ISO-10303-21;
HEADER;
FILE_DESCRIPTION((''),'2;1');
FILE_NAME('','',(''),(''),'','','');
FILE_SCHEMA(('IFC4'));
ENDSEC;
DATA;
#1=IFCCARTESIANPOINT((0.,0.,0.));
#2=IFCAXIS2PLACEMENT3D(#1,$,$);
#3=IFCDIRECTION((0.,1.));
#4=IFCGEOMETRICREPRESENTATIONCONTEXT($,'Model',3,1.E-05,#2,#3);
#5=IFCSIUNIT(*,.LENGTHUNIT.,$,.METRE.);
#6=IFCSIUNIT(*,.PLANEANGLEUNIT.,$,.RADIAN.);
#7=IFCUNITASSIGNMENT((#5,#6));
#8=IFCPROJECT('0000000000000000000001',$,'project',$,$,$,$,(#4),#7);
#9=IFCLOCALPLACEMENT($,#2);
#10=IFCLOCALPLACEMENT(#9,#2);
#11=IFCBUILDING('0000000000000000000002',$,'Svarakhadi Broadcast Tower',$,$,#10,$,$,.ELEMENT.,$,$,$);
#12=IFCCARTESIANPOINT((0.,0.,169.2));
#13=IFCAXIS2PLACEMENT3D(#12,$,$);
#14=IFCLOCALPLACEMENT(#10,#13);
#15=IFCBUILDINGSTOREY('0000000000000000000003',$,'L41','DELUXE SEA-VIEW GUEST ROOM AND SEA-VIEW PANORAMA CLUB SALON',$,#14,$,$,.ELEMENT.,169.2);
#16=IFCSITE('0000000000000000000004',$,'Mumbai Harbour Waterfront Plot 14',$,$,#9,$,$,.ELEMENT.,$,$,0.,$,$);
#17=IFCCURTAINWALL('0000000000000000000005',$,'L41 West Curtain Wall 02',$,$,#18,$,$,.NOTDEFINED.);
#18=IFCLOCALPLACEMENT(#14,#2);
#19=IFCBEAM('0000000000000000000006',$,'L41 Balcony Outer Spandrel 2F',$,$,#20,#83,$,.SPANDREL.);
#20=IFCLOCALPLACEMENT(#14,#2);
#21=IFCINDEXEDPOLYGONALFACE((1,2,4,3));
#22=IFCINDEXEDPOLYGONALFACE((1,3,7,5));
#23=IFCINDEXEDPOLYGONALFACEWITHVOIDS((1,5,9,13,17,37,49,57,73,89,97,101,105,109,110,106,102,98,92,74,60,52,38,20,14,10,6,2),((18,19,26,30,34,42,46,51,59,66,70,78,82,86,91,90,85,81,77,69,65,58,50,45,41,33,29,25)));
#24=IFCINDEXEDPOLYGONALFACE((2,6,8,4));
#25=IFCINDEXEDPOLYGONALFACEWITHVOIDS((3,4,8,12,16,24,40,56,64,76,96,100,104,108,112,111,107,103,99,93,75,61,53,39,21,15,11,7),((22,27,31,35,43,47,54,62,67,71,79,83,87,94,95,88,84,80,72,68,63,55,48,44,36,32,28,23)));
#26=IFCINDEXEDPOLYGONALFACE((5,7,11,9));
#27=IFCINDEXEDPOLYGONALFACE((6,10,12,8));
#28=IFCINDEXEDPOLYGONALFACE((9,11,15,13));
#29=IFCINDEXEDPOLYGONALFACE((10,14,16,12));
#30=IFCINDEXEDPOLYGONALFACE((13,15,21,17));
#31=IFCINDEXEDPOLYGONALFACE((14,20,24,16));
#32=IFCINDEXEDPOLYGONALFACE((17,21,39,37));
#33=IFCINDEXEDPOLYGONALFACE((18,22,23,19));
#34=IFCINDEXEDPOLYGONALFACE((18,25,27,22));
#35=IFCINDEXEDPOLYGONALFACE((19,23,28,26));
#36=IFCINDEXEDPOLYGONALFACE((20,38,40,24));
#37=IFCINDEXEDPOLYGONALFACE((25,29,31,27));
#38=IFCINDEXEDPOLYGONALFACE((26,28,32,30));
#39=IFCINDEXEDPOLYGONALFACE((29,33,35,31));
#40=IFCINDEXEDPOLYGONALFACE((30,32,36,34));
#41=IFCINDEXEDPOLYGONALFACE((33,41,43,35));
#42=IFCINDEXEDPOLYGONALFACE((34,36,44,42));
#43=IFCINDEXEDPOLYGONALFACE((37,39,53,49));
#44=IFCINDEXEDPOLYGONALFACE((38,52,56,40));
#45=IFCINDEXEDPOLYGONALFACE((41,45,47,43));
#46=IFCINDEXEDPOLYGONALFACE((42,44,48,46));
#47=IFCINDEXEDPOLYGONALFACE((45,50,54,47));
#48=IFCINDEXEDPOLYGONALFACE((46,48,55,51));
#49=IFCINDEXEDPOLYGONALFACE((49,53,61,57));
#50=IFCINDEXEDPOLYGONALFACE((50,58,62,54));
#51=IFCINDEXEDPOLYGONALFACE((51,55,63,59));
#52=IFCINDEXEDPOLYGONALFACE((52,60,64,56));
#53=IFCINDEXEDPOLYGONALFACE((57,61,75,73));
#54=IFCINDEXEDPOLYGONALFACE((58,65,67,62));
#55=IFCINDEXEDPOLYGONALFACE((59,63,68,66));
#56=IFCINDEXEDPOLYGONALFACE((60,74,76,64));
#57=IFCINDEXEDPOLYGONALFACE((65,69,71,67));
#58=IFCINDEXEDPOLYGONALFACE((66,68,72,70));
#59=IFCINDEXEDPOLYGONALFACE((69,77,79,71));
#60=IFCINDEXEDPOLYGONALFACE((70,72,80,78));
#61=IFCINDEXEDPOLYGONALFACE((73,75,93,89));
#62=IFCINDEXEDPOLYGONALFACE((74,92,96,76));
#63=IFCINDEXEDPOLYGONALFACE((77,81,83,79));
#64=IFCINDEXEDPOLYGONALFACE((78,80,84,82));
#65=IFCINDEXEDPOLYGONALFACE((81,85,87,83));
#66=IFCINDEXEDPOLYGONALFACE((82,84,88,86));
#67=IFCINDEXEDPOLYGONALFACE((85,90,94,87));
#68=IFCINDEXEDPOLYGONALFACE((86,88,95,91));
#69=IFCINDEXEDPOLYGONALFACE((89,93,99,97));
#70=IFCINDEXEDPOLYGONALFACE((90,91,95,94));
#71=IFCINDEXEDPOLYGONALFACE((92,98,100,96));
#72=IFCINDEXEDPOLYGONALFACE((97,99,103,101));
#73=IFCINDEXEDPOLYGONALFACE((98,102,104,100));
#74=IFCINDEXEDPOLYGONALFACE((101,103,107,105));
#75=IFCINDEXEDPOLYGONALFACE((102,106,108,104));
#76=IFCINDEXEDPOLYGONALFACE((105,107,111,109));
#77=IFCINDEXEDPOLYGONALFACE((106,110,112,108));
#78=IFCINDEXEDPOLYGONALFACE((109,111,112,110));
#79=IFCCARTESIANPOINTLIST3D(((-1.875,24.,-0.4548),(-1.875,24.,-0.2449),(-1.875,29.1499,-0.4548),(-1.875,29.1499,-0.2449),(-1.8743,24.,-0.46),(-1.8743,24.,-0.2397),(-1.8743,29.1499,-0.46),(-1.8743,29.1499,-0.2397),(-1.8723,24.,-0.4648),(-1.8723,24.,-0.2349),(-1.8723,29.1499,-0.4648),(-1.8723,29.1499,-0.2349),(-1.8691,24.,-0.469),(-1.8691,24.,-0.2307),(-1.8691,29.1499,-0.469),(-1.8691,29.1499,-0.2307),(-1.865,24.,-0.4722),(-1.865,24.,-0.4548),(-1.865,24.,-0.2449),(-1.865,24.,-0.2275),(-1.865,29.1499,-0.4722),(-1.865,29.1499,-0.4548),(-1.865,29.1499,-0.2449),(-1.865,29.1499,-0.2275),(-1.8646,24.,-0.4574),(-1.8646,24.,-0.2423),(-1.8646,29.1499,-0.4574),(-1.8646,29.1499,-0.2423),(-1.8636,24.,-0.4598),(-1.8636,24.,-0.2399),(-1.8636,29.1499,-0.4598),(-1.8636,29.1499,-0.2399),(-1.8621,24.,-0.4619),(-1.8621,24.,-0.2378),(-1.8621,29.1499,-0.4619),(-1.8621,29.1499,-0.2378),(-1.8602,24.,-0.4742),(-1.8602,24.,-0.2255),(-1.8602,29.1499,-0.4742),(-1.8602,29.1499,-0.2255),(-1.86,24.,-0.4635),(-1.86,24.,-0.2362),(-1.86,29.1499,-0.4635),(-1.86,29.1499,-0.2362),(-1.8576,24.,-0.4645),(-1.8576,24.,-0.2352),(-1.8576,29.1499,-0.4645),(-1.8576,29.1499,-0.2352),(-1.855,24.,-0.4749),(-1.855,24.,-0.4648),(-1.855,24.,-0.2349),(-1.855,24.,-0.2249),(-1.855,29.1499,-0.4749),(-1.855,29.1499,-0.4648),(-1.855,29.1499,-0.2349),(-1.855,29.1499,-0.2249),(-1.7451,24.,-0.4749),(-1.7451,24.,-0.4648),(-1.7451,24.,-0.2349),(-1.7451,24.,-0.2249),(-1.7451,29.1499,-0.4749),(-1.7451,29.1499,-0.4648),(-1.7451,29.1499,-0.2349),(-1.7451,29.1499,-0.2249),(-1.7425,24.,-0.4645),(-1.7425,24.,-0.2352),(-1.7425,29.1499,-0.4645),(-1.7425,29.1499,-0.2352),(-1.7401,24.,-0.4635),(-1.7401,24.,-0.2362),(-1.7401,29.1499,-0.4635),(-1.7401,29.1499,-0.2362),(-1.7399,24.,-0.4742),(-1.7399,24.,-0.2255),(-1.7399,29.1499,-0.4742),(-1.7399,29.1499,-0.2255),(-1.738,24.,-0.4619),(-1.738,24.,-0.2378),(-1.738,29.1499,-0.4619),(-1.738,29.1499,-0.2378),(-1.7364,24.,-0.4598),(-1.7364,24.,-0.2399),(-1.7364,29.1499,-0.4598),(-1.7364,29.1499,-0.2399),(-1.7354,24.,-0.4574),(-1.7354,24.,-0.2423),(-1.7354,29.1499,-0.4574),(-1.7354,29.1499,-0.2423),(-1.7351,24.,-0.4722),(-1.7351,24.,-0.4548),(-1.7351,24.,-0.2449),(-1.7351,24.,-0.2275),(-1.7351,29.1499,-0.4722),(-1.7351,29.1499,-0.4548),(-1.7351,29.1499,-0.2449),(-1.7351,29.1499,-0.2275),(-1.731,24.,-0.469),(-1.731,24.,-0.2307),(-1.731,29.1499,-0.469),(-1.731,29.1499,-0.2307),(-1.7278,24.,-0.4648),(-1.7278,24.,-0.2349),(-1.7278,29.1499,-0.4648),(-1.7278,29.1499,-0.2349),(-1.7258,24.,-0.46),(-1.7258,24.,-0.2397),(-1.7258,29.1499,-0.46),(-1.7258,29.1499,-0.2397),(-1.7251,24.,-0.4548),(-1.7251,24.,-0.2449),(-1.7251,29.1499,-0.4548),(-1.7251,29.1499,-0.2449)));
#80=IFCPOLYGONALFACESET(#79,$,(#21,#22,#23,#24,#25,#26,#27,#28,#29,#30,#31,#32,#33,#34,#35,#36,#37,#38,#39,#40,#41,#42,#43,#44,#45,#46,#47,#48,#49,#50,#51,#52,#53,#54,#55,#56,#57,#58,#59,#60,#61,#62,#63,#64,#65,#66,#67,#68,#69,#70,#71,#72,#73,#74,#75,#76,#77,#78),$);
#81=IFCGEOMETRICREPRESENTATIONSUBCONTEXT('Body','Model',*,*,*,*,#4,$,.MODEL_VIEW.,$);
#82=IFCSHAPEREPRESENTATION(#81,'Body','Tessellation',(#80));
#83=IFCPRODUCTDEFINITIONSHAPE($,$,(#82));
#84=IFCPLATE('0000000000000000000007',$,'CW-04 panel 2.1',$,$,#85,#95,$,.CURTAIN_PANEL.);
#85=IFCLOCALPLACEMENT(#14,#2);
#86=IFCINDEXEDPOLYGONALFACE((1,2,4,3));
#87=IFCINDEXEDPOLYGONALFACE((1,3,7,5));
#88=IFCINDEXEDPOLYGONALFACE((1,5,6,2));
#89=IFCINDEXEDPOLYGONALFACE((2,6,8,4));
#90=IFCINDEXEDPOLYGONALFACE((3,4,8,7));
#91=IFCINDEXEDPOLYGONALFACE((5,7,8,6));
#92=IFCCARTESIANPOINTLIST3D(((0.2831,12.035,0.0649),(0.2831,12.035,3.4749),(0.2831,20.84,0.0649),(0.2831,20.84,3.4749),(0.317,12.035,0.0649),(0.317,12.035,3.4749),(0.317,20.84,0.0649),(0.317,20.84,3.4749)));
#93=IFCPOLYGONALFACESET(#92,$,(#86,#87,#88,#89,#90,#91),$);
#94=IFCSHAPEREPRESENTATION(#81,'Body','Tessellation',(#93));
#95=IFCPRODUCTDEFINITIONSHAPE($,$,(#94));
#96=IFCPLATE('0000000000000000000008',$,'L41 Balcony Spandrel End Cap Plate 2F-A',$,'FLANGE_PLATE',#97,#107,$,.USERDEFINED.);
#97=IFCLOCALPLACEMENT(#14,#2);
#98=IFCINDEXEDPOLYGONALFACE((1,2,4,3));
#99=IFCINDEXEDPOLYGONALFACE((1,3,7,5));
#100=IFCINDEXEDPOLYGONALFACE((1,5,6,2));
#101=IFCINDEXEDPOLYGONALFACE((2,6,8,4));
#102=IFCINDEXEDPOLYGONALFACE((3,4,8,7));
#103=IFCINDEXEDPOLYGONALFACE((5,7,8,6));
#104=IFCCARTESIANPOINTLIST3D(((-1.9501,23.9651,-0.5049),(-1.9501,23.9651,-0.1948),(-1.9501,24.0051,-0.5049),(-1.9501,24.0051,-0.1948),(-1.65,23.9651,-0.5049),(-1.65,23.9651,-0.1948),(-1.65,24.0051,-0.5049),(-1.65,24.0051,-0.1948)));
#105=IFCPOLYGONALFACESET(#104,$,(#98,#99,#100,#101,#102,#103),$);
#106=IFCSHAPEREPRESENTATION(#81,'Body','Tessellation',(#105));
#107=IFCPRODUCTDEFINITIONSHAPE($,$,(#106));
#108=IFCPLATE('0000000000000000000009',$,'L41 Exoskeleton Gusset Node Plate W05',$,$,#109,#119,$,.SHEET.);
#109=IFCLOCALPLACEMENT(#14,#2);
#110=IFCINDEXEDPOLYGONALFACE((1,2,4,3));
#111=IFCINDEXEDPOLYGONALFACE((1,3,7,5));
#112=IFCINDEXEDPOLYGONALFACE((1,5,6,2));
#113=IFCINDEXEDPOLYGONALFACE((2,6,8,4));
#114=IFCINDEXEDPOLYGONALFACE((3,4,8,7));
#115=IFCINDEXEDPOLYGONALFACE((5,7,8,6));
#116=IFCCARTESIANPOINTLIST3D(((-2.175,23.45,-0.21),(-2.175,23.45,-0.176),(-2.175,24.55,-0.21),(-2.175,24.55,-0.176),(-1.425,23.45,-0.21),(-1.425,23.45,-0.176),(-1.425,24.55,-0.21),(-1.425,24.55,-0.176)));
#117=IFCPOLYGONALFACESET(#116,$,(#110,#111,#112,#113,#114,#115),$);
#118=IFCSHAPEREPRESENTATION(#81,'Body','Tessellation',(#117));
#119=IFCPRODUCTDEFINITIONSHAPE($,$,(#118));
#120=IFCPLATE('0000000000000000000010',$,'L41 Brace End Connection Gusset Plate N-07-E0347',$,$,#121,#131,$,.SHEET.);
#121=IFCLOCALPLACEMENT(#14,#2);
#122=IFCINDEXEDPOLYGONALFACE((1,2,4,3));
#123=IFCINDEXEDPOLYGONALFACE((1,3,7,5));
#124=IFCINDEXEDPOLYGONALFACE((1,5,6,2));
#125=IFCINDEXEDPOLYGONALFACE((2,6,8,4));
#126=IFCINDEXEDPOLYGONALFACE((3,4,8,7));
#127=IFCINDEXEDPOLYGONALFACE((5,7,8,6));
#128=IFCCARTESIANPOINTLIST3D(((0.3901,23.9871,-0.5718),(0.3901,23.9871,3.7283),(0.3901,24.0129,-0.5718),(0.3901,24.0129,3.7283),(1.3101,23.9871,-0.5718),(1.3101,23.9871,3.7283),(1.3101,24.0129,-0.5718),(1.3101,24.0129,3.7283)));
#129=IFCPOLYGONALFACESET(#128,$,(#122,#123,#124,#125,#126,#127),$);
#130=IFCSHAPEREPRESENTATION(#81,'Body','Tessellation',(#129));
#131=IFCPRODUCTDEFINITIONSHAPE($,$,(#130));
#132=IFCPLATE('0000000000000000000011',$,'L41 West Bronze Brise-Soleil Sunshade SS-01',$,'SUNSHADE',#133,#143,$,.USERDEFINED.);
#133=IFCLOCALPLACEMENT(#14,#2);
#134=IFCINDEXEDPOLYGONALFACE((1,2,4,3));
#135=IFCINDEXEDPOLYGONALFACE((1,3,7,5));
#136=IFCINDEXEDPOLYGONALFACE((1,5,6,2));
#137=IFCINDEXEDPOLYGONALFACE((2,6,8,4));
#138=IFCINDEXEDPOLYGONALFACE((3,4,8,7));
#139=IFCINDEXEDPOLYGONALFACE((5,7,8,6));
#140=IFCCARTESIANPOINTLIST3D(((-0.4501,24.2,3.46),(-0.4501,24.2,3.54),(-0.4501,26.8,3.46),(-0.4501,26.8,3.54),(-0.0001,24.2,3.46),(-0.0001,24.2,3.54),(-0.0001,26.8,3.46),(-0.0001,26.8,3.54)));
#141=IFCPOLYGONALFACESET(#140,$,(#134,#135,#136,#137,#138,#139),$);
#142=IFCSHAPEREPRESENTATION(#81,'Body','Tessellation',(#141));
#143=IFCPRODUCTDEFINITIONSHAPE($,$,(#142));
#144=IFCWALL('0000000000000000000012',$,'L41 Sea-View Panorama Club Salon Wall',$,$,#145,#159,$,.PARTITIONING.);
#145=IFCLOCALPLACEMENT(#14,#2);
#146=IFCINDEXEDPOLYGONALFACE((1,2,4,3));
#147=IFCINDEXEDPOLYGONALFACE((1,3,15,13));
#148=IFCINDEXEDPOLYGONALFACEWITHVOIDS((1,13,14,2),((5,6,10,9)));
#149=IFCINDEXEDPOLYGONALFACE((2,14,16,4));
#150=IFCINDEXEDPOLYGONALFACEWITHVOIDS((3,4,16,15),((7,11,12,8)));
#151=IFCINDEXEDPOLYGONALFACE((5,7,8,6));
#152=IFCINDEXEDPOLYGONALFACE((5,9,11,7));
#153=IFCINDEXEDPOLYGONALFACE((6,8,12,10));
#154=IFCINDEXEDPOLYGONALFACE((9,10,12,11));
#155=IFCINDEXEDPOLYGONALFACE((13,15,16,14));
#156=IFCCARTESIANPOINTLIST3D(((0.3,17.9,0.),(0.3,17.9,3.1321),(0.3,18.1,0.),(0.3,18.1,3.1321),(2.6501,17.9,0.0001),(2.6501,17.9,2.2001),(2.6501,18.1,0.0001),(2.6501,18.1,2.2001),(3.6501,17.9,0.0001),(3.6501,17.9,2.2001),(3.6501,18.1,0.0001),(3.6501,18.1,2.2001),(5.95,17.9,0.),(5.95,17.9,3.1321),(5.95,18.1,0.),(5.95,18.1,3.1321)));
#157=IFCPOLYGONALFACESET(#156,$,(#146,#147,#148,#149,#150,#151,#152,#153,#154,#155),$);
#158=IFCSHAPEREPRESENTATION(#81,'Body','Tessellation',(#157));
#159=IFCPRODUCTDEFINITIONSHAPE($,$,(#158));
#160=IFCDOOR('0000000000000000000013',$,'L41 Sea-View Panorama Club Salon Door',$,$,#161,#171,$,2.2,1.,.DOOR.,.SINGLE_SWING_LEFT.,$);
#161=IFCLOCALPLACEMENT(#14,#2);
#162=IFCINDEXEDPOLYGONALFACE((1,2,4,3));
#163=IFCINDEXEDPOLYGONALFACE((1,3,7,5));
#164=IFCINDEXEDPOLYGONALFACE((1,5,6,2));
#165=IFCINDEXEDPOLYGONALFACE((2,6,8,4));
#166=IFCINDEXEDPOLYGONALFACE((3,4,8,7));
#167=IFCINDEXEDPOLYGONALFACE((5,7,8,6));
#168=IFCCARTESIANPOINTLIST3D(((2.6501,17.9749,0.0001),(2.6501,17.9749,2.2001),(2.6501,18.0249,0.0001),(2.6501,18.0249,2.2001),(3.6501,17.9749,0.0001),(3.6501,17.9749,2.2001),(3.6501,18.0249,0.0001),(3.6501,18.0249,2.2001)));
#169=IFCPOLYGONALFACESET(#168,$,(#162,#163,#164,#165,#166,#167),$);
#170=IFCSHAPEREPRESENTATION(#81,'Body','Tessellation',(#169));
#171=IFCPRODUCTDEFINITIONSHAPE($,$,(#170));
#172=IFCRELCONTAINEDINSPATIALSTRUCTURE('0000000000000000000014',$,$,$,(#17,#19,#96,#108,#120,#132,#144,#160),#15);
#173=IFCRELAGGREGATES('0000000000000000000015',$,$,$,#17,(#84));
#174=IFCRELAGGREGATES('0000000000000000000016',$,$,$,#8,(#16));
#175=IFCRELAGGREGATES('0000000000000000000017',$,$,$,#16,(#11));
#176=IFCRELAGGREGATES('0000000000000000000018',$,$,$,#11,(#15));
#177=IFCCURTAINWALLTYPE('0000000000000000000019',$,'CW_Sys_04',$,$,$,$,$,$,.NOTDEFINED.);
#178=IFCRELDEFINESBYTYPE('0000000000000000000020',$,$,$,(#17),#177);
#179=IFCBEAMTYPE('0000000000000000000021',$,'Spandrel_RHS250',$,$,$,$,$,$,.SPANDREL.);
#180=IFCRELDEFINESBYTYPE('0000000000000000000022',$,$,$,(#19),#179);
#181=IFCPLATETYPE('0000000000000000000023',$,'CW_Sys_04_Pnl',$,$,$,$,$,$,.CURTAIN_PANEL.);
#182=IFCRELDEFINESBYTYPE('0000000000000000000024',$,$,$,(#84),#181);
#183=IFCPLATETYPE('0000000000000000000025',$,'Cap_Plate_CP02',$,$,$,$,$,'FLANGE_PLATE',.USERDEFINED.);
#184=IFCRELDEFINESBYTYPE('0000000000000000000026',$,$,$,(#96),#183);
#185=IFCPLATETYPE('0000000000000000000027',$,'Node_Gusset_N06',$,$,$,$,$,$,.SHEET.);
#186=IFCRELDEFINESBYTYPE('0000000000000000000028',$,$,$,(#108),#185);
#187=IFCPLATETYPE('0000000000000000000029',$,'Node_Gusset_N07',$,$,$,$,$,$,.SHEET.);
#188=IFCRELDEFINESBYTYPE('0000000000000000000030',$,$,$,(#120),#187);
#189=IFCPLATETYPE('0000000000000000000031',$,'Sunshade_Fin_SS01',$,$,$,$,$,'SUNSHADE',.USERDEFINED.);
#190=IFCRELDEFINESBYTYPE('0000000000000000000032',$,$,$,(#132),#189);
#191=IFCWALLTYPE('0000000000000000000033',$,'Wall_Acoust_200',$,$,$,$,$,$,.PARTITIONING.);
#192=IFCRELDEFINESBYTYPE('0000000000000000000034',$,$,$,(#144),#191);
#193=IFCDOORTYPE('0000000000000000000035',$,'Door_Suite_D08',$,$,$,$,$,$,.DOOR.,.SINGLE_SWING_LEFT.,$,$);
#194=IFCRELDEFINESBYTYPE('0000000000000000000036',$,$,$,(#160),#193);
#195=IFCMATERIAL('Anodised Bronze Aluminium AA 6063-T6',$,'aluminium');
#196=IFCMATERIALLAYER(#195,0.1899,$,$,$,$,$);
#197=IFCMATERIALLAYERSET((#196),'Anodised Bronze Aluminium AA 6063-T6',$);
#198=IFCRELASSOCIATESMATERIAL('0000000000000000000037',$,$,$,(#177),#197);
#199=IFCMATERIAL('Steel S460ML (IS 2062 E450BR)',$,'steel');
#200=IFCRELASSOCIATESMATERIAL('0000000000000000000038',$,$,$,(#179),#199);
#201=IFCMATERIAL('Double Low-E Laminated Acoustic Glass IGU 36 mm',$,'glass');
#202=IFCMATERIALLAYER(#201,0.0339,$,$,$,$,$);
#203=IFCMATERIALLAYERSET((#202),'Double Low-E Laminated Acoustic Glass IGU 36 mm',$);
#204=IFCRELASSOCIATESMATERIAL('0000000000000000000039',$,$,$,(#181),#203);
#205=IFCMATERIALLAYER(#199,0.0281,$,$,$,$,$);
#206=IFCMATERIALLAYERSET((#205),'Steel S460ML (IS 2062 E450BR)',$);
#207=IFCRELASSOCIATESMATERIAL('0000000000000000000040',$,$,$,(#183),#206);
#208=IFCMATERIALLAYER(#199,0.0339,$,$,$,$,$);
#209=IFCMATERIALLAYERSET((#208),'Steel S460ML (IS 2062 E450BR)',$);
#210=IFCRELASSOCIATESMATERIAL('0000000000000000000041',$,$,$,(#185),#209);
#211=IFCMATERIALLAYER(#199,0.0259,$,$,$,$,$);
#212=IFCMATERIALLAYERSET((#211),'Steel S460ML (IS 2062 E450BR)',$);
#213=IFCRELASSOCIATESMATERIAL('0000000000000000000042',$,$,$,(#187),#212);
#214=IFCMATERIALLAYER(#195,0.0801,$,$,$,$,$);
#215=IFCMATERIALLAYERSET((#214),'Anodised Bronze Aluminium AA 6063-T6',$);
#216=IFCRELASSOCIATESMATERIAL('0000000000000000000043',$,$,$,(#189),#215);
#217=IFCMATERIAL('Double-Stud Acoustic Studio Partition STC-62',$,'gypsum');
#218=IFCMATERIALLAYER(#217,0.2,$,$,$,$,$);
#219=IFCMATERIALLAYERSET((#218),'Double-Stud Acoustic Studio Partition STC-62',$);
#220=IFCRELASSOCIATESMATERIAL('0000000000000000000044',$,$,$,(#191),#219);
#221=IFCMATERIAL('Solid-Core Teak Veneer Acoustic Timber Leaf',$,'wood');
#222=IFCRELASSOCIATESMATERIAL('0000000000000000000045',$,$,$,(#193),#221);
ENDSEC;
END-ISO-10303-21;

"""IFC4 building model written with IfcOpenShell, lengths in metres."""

from ifc_helpers import new_model, si_unit, direction, frame, frame_2d, origin, origin_2d, place, context, subcontext, project, spatial, rectangle, hollow_rectangle, extrude, material, layer, layer_set, material_profile, profile_set, type_object, element, fill, aggregate, save


model = new_model("IFC4")

# Units and contexts
model_context = context("Model", 3, precision=1e-05, world=origin(), true_north=direction((0.0, 1.0)))
body_context = subcontext(model_context, "Body", "Model", "MODEL_VIEW")
ifc_project = project(units=[si_unit("LENGTHUNIT", "METRE"), si_unit("PLANEANGLEUNIT", "RADIAN")], contexts=[model_context])

# Site, building, storey
site_placement = place(None, origin())
site = spatial("IfcSite", under=ifc_project, at=site_placement, Name="Mumbai Harbour Waterfront Plot 14", CompositionType="ELEMENT", RefElevation=0.0)
building_placement = place(site_placement, origin())
building = spatial("IfcBuilding", under=site, at=building_placement, Name="Svarakhadi Broadcast Tower", CompositionType="ELEMENT")
storey_placement = place(building_placement, frame((0.0, 0.0, 169.2)))
storey = spatial("IfcBuildingStorey", under=building, at=storey_placement, Name="L41", Description="DELUXE SEA-VIEW GUEST ROOM AND SEA-VIEW PANORAMA CLUB SALON", CompositionType="ELEMENT", Elevation=169.2)

# Shared definitions
ifc_material_1 = material(Name="Steel S460ML (IS 2062 E450BR)", Category="steel")

# Curtain wall
ifc_material_2 = material(Name="Anodised Bronze Aluminium AA 6063-T6", Category="aluminium")
ifc_layer_1 = layer(ifc_material_2, 0.1899)
ifc_layer_set_1 = layer_set([ifc_layer_1], Name="Anodised Bronze Aluminium AA 6063-T6")
curtain_wall_type = type_object("IfcCurtainWallType", Name="CW_Sys_04", PredefinedType="NOTDEFINED", material=ifc_layer_set_1)
curtain_wall_placement = place(storey_placement, origin())
curtain_wall = element("IfcCurtainWall", 1, at=curtain_wall_placement, inside=storey, type_object=curtain_wall_type, Name="L41 West Curtain Wall 02", PredefinedType="NOTDEFINED")

# Beam
ifc_material_profile_1 = material_profile(ifc_material_1, hollow_rectangle(XDim=0.1499, YDim=0.25, WallThickness=0.01, InnerFilletRadius=0.01, OuterFilletRadius=0.02, at=origin_2d()), Name="RHS 250x150x10")
ifc_profile_set_1 = profile_set([ifc_material_profile_1], Name="Steel S460ML (IS 2062 E450BR)")
beam_type_1 = type_object("IfcBeamType", Name="Spandrel_RHS250", PredefinedType="SPANDREL", material=ifc_profile_set_1)
beam_1_placement = place(storey_placement, frame((-1.8, 24.0, -0.3499), z_axis=(0.0, 1.0, 0.0), x_axis=(-1.0, 0.0, 0.0)))
element("IfcBeam", 2, at=beam_1_placement, inside=storey, type_object=beam_type_1, Name="L41 Balcony Outer Spandrel 2F", PredefinedType="SPANDREL", context=body_context, shape_type="SweptSolid", body=[
    extrude(hollow_rectangle(XDim=0.1499, YDim=0.25, WallThickness=0.01, InnerFilletRadius=0.01, OuterFilletRadius=0.02, at=origin_2d()), origin(), (0.0, 0.0, 1.0), 5.1499),
])

# Plate
ifc_material_3 = material(Name="Double Low-E Laminated Acoustic Glass IGU 36 mm", Category="glass")
ifc_layer_2 = layer(ifc_material_3, 0.0339)
ifc_layer_set_2 = layer_set([ifc_layer_2], Name="Double Low-E Laminated Acoustic Glass IGU 36 mm")
plate_type_1 = type_object("IfcPlateType", Name="CW_Sys_04_Pnl", PredefinedType="CURTAIN_PANEL", material=ifc_layer_set_2)
plate_1_placement = place(storey_placement, frame((0.3, 16.4375, 0.0649), z_axis=(0.0, 0.0, 1.0), x_axis=(0.0, 1.0, 0.0)))
plate_1 = element("IfcPlate", 3, at=plate_1_placement, type_object=plate_type_1, Name="CW-04 panel 2.1", PredefinedType="CURTAIN_PANEL", context=body_context, shape_type="SweptSolid", body=[
    extrude(rectangle(XDim=8.8049, YDim=0.0339, at=origin_2d()), origin(), (0.0, 0.0, 1.0), 3.4099),
])
aggregate(curtain_wall, [plate_1])

# Plates
ifc_layer_3 = layer(ifc_material_1, 0.0281)
ifc_layer_set_3 = layer_set([ifc_layer_3], Name="Steel S460ML (IS 2062 E450BR)")
plate_type_2 = type_object("IfcPlateType", Name="Cap_Plate_CP02", ElementType="FLANGE_PLATE", PredefinedType="USERDEFINED", material=ifc_layer_set_3)
plate_2_placement = place(storey_placement, frame((-1.8, 23.9851, -0.5049), z_axis=(0.0, 0.0, 1.0), x_axis=(1.0, 0.0, 0.0)))
element("IfcPlate", 4, at=plate_2_placement, inside=storey, type_object=plate_type_2, Name="L41 Balcony Spandrel End Cap Plate 2F-A", ObjectType="FLANGE_PLATE", PredefinedType="USERDEFINED", context=body_context, shape_type="SweptSolid", body=[
    extrude(rectangle(XDim=0.3, YDim=0.04, at=origin_2d()), origin(), (0.0, 0.0, 1.0), 0.3101),
])
ifc_layer_4 = layer(ifc_material_1, 0.0339)
ifc_layer_set_4 = layer_set([ifc_layer_4], Name="Steel S460ML (IS 2062 E450BR)")
plate_type_3 = type_object("IfcPlateType", Name="Node_Gusset_N06", PredefinedType="SHEET", material=ifc_layer_set_4)
plate_3_placement = place(storey_placement, frame((-1.8, 24.0, -0.21), z_axis=(0.0, 0.0, 1.0), x_axis=(0.0, 1.0, 0.0)))
element("IfcPlate", 5, at=plate_3_placement, inside=storey, type_object=plate_type_3, Name="L41 Exoskeleton Gusset Node Plate W05", PredefinedType="SHEET", context=body_context, shape_type="SweptSolid", body=[
    extrude(rectangle(XDim=1.1001, YDim=0.75, at=origin_2d()), origin(), (0.0, 0.0, 1.0), 0.0339),
])
ifc_layer_5 = layer(ifc_material_1, 0.0259)
ifc_layer_set_5 = layer_set([ifc_layer_5], Name="Steel S460ML (IS 2062 E450BR)")
plate_type_4 = type_object("IfcPlateType", Name="Node_Gusset_N07", PredefinedType="SHEET", material=ifc_layer_set_5)
plate_4_placement = place(storey_placement, frame((0.8501, 24.0, -0.5718), z_axis=(0.0, 0.0, 1.0), x_axis=(1.0, 0.0, 0.0)))
element("IfcPlate", 6, at=plate_4_placement, inside=storey, type_object=plate_type_4, Name="L41 Brace End Connection Gusset Plate N-07-E0347", PredefinedType="SHEET", context=body_context, shape_type="SweptSolid", body=[
    extrude(rectangle(XDim=0.9199, YDim=0.0259, at=origin_2d()), origin(), (0.0, 0.0, 1.0), 4.3),
])
ifc_layer_6 = layer(ifc_material_2, 0.0801)
ifc_layer_set_6 = layer_set([ifc_layer_6], Name="Anodised Bronze Aluminium AA 6063-T6")
plate_type_5 = type_object("IfcPlateType", Name="Sunshade_Fin_SS01", ElementType="SUNSHADE", PredefinedType="USERDEFINED", material=ifc_layer_set_6)
plate_5_placement = place(storey_placement, frame((-0.2251, 25.5, 3.46), z_axis=(0.0, 0.0, 1.0), x_axis=(0.0, 1.0, 0.0)))
element("IfcPlate", 7, at=plate_5_placement, inside=storey, type_object=plate_type_5, Name="L41 West Bronze Brise-Soleil Sunshade SS-01", ObjectType="SUNSHADE", PredefinedType="USERDEFINED", context=body_context, shape_type="SweptSolid", body=[
    extrude(rectangle(XDim=2.6001, YDim=0.45, at=origin_2d()), origin(), (0.0, 0.0, 1.0), 0.0801),
])

# Wall, opening, door
ifc_material_4 = material(Name="Double-Stud Acoustic Studio Partition STC-62", Category="gypsum")
ifc_layer_7 = layer(ifc_material_4, 0.2)
ifc_layer_set_7 = layer_set([ifc_layer_7], Name="Double-Stud Acoustic Studio Partition STC-62")
wall_type_1 = type_object("IfcWallType", Name="Wall_Acoust_200", PredefinedType="PARTITIONING", material=ifc_layer_set_7)
wall_1_placement = place(storey_placement, frame((0.3, 18.0, 0.0), z_axis=(0.0, 0.0, 1.0), x_axis=(1.0, 0.0, 0.0)))
wall_1 = element("IfcWall", 8, at=wall_1_placement, inside=storey, type_object=wall_type_1, Name="L41 Sea-View Panorama Club Salon Wall", PredefinedType="PARTITIONING", context=body_context, shape_type="SweptSolid", body=[
    extrude(rectangle(XDim=5.6499, YDim=0.2, at=frame_2d((2.825, 0.0))), origin(), (0.0, 0.0, 1.0), 3.1321),
])
opening_1_placement = place(wall_1_placement, frame((2.3501, 0.0, 0.0)))
opening_1 = element("IfcOpeningElement", 9, at=opening_1_placement, cuts=wall_1, PredefinedType="OPENING", context=body_context, shape_type="SweptSolid", body=[
    extrude(rectangle(XDim=1.0, YDim=2.2, at=frame_2d((0.5, 1.1001))), frame((0.0, 0.1099, 0.0), z_axis=(0.0, -1.0, 0.0), x_axis=(1.0, 0.0, 0.0)), (0.0, 0.0, 1.0), 0.22),
])
ifc_material_5 = material(Name="Solid-Core Teak Veneer Acoustic Timber Leaf", Category="wood")
door_type_1 = type_object("IfcDoorType", Name="Door_Suite_D08", OperationType="SINGLE_SWING_LEFT", PredefinedType="DOOR", material=ifc_material_5)
door_1_placement = place(opening_1_placement, origin())
door_1 = element("IfcDoor", 10, at=door_1_placement, inside=storey, type_object=door_type_1, Name="L41 Sea-View Panorama Club Salon Door", OperationType="SINGLE_SWING_LEFT", OverallHeight=2.2, OverallWidth=1.0, PredefinedType="DOOR", context=body_context, shape_type="SweptSolid", body=[
    extrude(rectangle(XDim=1.0, YDim=2.2, at=frame_2d((0.5, 1.1001))), frame((0.0, 0.0249, 0.0), z_axis=(0.0, -1.0, 0.0), x_axis=(1.0, 0.0, 0.0)), (0.0, 0.0, 1.0), 0.05),
])
fill(opening_1, door_1)

save(model, "model.ifc")
